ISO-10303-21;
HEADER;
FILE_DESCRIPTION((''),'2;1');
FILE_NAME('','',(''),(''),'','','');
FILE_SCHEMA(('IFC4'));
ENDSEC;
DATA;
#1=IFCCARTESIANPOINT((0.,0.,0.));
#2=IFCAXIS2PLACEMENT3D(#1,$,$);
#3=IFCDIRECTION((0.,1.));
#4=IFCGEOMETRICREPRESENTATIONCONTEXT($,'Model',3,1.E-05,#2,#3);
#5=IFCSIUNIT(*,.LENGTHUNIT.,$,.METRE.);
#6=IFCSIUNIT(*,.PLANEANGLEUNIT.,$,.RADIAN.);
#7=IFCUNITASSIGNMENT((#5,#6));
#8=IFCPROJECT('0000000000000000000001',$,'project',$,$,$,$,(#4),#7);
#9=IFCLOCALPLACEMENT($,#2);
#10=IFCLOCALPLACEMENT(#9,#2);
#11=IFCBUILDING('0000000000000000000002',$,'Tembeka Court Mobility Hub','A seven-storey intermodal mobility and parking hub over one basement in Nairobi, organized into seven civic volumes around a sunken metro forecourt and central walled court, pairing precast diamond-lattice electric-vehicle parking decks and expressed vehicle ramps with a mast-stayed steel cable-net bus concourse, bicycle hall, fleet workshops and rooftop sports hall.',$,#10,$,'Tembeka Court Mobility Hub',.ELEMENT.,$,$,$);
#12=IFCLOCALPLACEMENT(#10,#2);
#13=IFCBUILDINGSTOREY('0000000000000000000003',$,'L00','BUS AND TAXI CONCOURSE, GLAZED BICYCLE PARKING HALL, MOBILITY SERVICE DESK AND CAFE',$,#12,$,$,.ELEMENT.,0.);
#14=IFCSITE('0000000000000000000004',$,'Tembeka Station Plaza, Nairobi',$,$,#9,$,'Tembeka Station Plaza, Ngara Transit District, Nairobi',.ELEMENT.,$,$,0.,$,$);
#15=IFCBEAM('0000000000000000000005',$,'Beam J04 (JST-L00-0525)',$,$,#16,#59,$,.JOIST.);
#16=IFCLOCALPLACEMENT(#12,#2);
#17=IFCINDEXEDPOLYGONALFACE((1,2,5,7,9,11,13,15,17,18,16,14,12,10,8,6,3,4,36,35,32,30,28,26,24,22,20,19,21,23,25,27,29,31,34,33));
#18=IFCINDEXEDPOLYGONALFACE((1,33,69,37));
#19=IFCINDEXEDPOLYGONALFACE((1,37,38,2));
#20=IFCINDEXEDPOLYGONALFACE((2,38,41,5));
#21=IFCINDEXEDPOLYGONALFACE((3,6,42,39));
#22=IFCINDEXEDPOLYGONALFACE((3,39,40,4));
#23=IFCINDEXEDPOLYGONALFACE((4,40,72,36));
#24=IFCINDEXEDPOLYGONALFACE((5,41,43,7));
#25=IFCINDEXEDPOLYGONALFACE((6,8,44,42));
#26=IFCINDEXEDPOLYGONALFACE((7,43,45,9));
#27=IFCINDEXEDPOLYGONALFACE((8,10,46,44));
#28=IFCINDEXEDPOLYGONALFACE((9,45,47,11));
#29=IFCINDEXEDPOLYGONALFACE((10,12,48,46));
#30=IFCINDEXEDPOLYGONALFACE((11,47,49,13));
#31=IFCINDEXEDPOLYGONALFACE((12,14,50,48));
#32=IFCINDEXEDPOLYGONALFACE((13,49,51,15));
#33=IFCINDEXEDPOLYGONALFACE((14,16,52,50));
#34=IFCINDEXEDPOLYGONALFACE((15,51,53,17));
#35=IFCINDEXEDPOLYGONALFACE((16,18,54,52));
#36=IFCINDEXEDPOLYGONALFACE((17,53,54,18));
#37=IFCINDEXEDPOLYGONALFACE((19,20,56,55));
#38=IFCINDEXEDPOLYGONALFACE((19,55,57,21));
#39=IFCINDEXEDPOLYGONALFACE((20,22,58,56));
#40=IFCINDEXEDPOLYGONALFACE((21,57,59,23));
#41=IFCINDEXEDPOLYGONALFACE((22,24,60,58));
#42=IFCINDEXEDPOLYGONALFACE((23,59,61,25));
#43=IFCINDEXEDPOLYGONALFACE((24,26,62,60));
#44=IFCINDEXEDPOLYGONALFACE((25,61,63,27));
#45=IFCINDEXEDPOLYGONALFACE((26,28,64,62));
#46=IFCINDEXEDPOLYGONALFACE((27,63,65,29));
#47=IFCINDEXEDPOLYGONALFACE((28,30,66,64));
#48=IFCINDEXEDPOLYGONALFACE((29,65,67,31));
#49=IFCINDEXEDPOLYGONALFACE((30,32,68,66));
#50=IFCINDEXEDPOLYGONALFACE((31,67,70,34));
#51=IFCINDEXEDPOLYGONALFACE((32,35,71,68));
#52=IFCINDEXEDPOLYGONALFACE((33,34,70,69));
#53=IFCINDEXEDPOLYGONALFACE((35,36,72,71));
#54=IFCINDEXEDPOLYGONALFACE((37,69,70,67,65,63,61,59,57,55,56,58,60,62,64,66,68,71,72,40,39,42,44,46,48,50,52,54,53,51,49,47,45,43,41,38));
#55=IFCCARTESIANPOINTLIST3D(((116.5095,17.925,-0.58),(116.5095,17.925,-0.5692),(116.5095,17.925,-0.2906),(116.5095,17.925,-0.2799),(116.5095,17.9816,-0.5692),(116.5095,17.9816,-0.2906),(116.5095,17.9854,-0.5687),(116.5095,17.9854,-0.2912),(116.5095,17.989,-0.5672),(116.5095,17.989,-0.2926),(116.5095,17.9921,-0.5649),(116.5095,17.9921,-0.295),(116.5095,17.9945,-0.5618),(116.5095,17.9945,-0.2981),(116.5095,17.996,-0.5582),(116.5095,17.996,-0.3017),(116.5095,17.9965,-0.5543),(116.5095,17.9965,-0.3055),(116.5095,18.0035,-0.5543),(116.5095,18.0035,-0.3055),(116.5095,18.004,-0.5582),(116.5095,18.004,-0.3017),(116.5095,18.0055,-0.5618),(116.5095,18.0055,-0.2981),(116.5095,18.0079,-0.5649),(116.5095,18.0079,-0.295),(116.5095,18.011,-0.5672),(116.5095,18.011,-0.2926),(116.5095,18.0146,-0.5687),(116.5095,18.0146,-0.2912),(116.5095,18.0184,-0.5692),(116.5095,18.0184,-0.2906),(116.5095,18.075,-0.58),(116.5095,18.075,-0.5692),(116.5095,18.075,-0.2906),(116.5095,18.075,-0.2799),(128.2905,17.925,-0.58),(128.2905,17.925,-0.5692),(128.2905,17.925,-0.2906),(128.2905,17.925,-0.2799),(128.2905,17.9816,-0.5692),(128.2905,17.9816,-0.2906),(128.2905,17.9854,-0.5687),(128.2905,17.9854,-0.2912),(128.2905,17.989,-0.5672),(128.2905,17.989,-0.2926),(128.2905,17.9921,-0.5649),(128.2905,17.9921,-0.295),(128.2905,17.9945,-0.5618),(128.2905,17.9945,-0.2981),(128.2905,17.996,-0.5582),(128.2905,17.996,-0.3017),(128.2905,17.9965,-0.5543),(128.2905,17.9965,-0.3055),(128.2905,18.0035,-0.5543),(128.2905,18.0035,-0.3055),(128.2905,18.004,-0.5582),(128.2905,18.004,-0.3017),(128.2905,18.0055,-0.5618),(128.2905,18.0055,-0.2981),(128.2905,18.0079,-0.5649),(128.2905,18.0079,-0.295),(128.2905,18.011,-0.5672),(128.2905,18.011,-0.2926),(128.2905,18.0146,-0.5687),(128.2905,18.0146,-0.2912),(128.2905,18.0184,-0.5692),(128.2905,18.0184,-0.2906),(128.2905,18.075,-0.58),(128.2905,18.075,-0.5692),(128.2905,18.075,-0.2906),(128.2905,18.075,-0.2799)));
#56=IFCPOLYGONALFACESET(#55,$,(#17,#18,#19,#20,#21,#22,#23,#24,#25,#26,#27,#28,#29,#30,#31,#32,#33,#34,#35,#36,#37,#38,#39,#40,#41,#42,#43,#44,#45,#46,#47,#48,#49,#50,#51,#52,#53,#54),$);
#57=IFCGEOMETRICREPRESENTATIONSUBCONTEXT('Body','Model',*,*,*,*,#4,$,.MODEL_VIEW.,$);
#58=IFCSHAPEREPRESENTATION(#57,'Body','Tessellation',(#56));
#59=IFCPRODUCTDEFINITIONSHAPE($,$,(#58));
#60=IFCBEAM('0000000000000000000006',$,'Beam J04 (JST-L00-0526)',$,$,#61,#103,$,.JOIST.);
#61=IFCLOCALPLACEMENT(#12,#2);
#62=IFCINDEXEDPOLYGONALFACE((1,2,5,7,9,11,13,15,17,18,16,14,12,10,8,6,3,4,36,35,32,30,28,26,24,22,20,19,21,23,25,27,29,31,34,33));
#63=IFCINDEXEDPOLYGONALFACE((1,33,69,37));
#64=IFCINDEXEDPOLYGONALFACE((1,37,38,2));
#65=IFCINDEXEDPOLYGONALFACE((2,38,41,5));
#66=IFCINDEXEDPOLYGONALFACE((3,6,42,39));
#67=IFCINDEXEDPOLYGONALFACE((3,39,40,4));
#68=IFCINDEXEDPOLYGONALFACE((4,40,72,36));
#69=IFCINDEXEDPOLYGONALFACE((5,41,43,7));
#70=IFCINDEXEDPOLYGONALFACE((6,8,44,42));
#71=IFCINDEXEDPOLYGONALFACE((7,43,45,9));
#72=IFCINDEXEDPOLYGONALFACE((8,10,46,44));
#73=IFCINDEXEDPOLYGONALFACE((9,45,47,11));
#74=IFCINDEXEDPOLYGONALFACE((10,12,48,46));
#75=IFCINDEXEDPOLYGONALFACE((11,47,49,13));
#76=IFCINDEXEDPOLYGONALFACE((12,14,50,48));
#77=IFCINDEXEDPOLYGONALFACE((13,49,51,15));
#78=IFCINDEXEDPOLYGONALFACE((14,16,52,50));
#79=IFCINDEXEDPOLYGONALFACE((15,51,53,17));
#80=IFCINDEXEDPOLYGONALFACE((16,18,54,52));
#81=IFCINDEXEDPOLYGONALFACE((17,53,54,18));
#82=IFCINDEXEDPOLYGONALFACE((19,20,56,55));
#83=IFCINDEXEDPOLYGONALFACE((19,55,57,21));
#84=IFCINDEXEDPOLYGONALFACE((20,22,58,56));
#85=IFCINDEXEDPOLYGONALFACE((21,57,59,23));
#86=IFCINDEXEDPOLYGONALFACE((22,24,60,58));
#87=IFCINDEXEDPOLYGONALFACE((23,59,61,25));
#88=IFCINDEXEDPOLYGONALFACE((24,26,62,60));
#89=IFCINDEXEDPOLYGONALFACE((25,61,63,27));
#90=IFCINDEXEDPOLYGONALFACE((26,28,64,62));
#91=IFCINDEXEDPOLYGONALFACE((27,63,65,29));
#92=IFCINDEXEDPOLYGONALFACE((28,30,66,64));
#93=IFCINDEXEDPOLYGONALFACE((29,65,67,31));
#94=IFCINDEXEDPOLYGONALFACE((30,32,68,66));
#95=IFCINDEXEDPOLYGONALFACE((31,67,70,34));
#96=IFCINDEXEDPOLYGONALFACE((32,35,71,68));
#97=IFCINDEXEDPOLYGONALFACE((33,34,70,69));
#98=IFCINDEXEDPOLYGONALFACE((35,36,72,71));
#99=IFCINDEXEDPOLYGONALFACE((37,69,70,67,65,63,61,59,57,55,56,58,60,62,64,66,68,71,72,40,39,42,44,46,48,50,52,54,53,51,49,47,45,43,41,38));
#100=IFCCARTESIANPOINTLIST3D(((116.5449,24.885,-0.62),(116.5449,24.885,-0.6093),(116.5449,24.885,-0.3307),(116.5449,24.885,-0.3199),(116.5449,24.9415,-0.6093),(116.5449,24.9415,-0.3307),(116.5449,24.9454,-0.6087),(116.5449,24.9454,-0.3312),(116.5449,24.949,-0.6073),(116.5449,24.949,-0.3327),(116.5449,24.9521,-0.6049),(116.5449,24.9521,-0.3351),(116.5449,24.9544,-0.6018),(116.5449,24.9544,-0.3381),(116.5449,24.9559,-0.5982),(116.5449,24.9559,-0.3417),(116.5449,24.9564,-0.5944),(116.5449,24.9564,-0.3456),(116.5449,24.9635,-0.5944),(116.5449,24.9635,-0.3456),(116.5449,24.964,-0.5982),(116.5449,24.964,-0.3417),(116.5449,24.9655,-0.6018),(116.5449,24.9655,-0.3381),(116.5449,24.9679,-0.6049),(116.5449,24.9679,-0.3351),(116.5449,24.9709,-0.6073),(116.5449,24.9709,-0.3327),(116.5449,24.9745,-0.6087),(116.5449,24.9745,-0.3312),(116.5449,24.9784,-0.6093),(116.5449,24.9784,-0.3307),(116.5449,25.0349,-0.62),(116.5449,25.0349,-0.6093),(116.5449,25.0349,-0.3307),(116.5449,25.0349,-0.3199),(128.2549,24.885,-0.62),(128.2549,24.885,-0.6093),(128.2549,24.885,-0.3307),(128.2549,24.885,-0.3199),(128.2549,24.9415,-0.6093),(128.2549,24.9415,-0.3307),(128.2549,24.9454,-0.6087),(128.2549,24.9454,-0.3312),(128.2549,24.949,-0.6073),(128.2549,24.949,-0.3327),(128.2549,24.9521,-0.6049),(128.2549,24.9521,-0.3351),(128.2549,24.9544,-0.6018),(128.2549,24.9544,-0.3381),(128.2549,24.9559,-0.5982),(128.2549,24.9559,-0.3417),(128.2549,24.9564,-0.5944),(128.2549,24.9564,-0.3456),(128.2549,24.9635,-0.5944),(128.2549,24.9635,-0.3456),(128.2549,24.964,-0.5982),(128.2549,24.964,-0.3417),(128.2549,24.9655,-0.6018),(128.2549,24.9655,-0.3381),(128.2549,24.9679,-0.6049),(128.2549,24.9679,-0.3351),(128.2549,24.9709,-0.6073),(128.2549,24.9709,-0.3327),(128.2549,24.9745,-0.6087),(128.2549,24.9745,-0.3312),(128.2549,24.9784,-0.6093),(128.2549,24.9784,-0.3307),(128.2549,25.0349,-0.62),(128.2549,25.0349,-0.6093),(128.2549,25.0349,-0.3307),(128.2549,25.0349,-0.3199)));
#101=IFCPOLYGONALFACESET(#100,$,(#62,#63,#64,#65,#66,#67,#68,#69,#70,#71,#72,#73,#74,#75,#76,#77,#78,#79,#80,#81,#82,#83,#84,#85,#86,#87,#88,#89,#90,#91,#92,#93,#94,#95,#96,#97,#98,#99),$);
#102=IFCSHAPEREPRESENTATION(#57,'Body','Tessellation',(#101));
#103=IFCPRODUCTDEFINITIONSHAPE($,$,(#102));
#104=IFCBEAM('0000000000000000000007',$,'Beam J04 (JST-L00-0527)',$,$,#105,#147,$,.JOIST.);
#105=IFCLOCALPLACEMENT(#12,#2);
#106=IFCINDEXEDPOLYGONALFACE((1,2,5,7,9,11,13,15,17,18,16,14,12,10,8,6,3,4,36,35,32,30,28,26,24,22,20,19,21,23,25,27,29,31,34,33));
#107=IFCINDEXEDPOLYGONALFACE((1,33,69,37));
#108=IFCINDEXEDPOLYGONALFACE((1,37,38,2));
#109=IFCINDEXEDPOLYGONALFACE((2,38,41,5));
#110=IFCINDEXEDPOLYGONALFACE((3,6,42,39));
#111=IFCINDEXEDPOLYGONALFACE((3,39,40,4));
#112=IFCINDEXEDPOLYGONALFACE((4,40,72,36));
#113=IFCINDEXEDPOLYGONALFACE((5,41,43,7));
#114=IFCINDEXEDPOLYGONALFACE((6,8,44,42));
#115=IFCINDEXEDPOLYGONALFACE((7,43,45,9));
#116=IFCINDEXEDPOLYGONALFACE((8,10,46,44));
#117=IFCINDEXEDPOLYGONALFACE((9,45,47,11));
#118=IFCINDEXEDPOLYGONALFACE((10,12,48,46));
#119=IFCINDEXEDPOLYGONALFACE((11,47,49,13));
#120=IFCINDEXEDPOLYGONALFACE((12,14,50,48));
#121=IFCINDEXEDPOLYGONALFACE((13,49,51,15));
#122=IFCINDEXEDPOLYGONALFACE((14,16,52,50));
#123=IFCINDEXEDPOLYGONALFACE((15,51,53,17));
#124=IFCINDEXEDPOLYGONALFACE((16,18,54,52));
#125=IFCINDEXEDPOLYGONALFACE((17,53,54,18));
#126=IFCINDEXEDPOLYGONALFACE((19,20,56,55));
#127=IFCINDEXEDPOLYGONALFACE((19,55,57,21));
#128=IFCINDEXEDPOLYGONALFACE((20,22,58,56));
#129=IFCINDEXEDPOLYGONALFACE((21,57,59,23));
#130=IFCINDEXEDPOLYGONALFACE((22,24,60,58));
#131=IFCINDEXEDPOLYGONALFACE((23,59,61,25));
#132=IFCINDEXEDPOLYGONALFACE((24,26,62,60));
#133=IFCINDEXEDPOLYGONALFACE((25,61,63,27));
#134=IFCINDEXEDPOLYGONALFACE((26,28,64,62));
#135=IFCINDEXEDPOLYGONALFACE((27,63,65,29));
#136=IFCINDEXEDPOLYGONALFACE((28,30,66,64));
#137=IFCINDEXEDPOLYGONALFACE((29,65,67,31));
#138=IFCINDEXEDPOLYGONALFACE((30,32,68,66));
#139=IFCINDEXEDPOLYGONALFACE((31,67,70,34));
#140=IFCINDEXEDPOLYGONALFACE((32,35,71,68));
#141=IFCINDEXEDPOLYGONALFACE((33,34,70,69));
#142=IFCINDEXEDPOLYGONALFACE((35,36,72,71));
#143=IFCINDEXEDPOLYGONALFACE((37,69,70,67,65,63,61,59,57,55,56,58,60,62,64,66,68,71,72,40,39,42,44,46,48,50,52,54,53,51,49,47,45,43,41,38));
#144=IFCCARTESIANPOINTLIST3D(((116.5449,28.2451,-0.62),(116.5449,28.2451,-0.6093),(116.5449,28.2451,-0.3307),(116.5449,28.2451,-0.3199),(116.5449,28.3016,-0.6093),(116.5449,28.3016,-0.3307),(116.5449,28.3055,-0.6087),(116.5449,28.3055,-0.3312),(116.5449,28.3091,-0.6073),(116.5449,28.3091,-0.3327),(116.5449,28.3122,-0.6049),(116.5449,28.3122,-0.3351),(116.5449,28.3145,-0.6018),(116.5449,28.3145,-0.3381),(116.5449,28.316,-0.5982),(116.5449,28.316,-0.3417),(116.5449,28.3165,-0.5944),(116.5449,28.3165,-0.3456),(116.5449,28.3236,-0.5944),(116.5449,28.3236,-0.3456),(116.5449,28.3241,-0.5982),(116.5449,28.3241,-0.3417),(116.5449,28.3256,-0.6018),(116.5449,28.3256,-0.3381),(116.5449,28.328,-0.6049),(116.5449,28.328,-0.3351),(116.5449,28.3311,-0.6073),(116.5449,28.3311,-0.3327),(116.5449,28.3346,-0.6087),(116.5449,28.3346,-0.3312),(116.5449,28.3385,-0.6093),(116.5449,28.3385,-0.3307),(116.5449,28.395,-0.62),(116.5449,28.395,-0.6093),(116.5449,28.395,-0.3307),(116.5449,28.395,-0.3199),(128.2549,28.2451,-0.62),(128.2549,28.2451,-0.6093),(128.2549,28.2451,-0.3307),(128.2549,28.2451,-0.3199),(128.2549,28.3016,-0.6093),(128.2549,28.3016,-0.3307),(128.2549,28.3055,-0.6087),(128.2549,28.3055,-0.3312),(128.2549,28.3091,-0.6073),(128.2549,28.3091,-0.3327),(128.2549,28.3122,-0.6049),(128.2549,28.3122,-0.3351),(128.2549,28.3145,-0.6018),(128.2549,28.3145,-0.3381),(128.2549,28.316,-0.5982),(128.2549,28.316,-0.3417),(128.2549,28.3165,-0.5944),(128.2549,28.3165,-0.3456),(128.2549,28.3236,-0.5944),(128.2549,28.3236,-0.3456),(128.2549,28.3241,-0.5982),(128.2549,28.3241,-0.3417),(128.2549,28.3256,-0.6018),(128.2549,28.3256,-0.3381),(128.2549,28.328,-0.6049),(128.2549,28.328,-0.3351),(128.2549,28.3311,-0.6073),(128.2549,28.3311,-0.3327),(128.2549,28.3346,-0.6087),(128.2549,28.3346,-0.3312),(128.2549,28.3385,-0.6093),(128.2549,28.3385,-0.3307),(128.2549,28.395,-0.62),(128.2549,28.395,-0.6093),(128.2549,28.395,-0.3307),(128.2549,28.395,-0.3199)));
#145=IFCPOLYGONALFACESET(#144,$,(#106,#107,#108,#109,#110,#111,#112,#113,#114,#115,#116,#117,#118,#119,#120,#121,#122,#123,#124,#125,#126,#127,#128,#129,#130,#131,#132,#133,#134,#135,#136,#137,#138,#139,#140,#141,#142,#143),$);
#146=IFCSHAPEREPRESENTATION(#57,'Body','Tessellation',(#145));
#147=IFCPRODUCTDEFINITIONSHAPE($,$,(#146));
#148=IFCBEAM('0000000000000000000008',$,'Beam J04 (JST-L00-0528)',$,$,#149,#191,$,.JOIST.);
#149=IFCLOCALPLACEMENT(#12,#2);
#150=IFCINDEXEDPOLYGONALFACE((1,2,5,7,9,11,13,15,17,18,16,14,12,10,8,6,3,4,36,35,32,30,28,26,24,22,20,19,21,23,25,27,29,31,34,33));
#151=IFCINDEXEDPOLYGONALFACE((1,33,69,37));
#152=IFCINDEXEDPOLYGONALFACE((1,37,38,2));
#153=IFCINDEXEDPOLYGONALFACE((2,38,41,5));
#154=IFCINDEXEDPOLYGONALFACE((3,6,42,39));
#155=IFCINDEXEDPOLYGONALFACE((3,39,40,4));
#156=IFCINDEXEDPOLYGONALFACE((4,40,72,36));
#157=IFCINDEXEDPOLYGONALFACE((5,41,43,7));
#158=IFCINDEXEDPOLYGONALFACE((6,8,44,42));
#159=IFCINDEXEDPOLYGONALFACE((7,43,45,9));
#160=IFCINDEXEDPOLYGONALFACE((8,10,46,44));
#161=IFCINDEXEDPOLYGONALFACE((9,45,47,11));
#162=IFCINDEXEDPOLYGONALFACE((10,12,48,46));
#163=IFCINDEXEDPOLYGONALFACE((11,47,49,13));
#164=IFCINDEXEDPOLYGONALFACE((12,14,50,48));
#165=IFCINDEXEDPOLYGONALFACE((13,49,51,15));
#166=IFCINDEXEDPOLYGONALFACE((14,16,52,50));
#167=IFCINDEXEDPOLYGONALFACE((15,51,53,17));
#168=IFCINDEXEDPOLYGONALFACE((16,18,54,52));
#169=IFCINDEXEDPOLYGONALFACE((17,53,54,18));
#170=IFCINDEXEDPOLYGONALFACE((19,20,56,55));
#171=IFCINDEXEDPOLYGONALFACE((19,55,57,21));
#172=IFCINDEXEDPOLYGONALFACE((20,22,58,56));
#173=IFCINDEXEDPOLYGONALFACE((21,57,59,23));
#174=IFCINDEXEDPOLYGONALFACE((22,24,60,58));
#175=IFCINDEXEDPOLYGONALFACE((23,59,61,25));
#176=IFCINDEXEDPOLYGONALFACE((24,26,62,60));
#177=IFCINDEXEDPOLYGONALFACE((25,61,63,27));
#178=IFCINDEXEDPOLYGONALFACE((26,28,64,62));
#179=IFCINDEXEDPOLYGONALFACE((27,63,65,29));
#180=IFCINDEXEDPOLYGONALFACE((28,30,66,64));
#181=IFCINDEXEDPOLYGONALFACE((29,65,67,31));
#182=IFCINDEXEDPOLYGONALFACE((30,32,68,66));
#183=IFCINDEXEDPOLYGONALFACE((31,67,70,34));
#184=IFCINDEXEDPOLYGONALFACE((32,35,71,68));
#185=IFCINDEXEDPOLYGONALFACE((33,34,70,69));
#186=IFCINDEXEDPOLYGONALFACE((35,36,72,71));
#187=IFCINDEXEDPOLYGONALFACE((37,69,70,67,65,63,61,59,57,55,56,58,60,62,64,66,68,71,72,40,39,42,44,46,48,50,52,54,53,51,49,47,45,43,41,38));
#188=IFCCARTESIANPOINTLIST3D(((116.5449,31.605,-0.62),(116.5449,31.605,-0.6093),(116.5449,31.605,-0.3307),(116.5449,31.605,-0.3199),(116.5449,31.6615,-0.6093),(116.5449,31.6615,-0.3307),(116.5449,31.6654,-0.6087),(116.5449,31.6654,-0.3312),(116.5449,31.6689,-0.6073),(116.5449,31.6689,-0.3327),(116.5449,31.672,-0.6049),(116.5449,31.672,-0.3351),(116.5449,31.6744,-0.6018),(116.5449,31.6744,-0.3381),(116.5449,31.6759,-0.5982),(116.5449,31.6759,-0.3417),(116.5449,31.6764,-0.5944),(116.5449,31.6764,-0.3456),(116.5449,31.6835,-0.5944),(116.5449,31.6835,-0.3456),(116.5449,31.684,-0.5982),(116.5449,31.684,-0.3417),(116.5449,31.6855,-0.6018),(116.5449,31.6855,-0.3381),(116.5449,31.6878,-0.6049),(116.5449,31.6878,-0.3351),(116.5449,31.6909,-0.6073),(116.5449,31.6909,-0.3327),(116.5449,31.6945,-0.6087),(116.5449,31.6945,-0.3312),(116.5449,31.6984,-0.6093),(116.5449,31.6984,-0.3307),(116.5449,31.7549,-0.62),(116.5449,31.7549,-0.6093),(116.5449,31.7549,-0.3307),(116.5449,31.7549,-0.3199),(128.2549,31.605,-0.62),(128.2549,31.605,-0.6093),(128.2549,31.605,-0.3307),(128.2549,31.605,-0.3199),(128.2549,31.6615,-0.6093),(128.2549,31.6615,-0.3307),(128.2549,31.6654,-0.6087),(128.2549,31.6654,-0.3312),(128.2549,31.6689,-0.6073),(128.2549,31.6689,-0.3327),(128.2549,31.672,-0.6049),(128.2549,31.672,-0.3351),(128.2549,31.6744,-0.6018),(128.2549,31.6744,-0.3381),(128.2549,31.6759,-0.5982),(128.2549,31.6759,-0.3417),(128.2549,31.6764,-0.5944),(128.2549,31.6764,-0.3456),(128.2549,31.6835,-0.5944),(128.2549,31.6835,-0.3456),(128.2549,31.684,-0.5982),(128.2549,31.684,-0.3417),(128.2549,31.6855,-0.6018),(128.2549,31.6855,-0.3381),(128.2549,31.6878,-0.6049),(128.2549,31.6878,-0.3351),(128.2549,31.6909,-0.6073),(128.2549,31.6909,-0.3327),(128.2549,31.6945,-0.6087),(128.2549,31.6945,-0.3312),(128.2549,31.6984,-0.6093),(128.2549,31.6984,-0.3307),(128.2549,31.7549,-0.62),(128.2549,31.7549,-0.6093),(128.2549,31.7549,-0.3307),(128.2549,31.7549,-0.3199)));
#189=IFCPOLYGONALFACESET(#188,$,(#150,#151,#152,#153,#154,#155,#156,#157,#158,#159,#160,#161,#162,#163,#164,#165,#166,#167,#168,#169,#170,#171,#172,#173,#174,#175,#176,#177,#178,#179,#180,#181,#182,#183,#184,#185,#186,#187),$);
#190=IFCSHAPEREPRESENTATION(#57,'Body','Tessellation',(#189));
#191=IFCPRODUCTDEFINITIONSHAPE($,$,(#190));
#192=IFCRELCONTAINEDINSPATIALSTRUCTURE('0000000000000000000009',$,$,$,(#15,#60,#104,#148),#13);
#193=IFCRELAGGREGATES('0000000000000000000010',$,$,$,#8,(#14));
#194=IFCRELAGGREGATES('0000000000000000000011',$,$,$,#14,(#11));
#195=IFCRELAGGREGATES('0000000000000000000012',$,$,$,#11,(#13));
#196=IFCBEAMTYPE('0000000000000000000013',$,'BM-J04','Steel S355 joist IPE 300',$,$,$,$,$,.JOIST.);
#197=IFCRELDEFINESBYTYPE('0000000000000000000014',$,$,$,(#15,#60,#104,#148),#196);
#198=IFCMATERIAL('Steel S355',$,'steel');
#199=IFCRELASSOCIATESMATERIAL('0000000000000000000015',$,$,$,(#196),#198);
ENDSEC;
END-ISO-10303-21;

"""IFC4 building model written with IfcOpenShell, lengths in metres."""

from ifc_helpers import new_model, si_unit, direction, frame, origin, origin_2d, place, context, subcontext, project, spatial, i_section, extrude, material, material_profile, profile_set, type_object, element, save


model = new_model("IFC4")

# Units and contexts
model_context = context("Model", 3, precision=1e-05, world=origin(), true_north=direction((0.0, 1.0)))
body_context = subcontext(model_context, "Body", "Model", "MODEL_VIEW")
ifc_project = project(units=[si_unit("LENGTHUNIT", "METRE"), si_unit("PLANEANGLEUNIT", "RADIAN")], contexts=[model_context])

# Site, building, storey
site_placement = place(None, origin())
site = spatial("IfcSite", under=ifc_project, at=site_placement, Name="Tembeka Station Plaza, Nairobi", LongName="Tembeka Station Plaza, Ngara Transit District, Nairobi", CompositionType="ELEMENT", RefElevation=0.0)
building_placement = place(site_placement, origin())
building = spatial("IfcBuilding", under=site, at=building_placement, Name="Tembeka Court Mobility Hub", Description="A seven-storey intermodal mobility and parking hub over one basement in Nairobi, organized into seven civic volumes around a sunken metro forecourt and central walled court, pairing precast diamond-lattice electric-vehicle parking decks and expressed vehicle ramps with a mast-stayed steel cable-net bus concourse, bicycle hall, fleet workshops and rooftop sports hall.", LongName="Tembeka Court Mobility Hub", CompositionType="ELEMENT")
storey_placement = place(building_placement, origin())
storey = spatial("IfcBuildingStorey", under=building, at=storey_placement, Name="L00", Description="BUS AND TAXI CONCOURSE, GLAZED BICYCLE PARKING HALL, MOBILITY SERVICE DESK AND CAFE", CompositionType="ELEMENT", Elevation=0.0)

# Shared definitions
ifc_material_1 = material(Name="Steel S355", Category="steel")

# Beams
ifc_material_profile_1 = material_profile(ifc_material_1, i_section(OverallWidth=0.1499, OverallDepth=0.3, WebThickness=0.0071, FlangeThickness=0.0107, FilletRadius=0.0149, at=origin_2d()), Name="IPE 300")
ifc_profile_set_1 = profile_set([ifc_material_profile_1], Name="Steel S355")
beam_type_1 = type_object("IfcBeamType", Name="BM-J04", Description="Steel S355 joist IPE 300", PredefinedType="JOIST", material=ifc_profile_set_1)
beam_1_placement = place(storey_placement, frame((116.5095, 18.0, -0.4299), z_axis=(1.0, 0.0, 0.0), x_axis=(0.0, 1.0, 0.0)))
element("IfcBeam", 1, at=beam_1_placement, inside=storey, type_object=beam_type_1, Name="Beam J04 (JST-L00-0525)", PredefinedType="JOIST", context=body_context, shape_type="SweptSolid", body=[
    extrude(i_section(OverallWidth=0.1499, OverallDepth=0.3, WebThickness=0.0071, FlangeThickness=0.0107, FilletRadius=0.0149, at=origin_2d()), origin(), (0.0, 0.0, 1.0), 11.781),
])
for number, where, z_axis, x_axis, name in (
    (2, (116.5449, 24.96, -0.47), (1.0, 0.0, 0.0), (0.0, 1.0, 0.0), "Beam J04 (JST-L00-0526)"),
    (3, (116.5449, 28.3201, -0.47), (1.0, 0.0, 0.0), (0.0, 1.0, 0.0), "Beam J04 (JST-L00-0527)"),
    (4, (116.5449, 31.6799, -0.47), (1.0, 0.0, 0.0), (0.0, 1.0, 0.0), "Beam J04 (JST-L00-0528)"),
):
    element("IfcBeam", number, at=place(storey_placement, frame(where, z_axis=z_axis, x_axis=x_axis)), inside=storey, type_object=beam_type_1, Name=name, PredefinedType="JOIST", context=body_context, shape_type="SweptSolid", body=[
        extrude(i_section(OverallWidth=0.1499, OverallDepth=0.3, WebThickness=0.0071, FlangeThickness=0.0107, FilletRadius=0.0149, at=origin_2d()), origin(), (0.0, 0.0, 1.0), 11.71),
    ])

save(model, "model.ifc")
